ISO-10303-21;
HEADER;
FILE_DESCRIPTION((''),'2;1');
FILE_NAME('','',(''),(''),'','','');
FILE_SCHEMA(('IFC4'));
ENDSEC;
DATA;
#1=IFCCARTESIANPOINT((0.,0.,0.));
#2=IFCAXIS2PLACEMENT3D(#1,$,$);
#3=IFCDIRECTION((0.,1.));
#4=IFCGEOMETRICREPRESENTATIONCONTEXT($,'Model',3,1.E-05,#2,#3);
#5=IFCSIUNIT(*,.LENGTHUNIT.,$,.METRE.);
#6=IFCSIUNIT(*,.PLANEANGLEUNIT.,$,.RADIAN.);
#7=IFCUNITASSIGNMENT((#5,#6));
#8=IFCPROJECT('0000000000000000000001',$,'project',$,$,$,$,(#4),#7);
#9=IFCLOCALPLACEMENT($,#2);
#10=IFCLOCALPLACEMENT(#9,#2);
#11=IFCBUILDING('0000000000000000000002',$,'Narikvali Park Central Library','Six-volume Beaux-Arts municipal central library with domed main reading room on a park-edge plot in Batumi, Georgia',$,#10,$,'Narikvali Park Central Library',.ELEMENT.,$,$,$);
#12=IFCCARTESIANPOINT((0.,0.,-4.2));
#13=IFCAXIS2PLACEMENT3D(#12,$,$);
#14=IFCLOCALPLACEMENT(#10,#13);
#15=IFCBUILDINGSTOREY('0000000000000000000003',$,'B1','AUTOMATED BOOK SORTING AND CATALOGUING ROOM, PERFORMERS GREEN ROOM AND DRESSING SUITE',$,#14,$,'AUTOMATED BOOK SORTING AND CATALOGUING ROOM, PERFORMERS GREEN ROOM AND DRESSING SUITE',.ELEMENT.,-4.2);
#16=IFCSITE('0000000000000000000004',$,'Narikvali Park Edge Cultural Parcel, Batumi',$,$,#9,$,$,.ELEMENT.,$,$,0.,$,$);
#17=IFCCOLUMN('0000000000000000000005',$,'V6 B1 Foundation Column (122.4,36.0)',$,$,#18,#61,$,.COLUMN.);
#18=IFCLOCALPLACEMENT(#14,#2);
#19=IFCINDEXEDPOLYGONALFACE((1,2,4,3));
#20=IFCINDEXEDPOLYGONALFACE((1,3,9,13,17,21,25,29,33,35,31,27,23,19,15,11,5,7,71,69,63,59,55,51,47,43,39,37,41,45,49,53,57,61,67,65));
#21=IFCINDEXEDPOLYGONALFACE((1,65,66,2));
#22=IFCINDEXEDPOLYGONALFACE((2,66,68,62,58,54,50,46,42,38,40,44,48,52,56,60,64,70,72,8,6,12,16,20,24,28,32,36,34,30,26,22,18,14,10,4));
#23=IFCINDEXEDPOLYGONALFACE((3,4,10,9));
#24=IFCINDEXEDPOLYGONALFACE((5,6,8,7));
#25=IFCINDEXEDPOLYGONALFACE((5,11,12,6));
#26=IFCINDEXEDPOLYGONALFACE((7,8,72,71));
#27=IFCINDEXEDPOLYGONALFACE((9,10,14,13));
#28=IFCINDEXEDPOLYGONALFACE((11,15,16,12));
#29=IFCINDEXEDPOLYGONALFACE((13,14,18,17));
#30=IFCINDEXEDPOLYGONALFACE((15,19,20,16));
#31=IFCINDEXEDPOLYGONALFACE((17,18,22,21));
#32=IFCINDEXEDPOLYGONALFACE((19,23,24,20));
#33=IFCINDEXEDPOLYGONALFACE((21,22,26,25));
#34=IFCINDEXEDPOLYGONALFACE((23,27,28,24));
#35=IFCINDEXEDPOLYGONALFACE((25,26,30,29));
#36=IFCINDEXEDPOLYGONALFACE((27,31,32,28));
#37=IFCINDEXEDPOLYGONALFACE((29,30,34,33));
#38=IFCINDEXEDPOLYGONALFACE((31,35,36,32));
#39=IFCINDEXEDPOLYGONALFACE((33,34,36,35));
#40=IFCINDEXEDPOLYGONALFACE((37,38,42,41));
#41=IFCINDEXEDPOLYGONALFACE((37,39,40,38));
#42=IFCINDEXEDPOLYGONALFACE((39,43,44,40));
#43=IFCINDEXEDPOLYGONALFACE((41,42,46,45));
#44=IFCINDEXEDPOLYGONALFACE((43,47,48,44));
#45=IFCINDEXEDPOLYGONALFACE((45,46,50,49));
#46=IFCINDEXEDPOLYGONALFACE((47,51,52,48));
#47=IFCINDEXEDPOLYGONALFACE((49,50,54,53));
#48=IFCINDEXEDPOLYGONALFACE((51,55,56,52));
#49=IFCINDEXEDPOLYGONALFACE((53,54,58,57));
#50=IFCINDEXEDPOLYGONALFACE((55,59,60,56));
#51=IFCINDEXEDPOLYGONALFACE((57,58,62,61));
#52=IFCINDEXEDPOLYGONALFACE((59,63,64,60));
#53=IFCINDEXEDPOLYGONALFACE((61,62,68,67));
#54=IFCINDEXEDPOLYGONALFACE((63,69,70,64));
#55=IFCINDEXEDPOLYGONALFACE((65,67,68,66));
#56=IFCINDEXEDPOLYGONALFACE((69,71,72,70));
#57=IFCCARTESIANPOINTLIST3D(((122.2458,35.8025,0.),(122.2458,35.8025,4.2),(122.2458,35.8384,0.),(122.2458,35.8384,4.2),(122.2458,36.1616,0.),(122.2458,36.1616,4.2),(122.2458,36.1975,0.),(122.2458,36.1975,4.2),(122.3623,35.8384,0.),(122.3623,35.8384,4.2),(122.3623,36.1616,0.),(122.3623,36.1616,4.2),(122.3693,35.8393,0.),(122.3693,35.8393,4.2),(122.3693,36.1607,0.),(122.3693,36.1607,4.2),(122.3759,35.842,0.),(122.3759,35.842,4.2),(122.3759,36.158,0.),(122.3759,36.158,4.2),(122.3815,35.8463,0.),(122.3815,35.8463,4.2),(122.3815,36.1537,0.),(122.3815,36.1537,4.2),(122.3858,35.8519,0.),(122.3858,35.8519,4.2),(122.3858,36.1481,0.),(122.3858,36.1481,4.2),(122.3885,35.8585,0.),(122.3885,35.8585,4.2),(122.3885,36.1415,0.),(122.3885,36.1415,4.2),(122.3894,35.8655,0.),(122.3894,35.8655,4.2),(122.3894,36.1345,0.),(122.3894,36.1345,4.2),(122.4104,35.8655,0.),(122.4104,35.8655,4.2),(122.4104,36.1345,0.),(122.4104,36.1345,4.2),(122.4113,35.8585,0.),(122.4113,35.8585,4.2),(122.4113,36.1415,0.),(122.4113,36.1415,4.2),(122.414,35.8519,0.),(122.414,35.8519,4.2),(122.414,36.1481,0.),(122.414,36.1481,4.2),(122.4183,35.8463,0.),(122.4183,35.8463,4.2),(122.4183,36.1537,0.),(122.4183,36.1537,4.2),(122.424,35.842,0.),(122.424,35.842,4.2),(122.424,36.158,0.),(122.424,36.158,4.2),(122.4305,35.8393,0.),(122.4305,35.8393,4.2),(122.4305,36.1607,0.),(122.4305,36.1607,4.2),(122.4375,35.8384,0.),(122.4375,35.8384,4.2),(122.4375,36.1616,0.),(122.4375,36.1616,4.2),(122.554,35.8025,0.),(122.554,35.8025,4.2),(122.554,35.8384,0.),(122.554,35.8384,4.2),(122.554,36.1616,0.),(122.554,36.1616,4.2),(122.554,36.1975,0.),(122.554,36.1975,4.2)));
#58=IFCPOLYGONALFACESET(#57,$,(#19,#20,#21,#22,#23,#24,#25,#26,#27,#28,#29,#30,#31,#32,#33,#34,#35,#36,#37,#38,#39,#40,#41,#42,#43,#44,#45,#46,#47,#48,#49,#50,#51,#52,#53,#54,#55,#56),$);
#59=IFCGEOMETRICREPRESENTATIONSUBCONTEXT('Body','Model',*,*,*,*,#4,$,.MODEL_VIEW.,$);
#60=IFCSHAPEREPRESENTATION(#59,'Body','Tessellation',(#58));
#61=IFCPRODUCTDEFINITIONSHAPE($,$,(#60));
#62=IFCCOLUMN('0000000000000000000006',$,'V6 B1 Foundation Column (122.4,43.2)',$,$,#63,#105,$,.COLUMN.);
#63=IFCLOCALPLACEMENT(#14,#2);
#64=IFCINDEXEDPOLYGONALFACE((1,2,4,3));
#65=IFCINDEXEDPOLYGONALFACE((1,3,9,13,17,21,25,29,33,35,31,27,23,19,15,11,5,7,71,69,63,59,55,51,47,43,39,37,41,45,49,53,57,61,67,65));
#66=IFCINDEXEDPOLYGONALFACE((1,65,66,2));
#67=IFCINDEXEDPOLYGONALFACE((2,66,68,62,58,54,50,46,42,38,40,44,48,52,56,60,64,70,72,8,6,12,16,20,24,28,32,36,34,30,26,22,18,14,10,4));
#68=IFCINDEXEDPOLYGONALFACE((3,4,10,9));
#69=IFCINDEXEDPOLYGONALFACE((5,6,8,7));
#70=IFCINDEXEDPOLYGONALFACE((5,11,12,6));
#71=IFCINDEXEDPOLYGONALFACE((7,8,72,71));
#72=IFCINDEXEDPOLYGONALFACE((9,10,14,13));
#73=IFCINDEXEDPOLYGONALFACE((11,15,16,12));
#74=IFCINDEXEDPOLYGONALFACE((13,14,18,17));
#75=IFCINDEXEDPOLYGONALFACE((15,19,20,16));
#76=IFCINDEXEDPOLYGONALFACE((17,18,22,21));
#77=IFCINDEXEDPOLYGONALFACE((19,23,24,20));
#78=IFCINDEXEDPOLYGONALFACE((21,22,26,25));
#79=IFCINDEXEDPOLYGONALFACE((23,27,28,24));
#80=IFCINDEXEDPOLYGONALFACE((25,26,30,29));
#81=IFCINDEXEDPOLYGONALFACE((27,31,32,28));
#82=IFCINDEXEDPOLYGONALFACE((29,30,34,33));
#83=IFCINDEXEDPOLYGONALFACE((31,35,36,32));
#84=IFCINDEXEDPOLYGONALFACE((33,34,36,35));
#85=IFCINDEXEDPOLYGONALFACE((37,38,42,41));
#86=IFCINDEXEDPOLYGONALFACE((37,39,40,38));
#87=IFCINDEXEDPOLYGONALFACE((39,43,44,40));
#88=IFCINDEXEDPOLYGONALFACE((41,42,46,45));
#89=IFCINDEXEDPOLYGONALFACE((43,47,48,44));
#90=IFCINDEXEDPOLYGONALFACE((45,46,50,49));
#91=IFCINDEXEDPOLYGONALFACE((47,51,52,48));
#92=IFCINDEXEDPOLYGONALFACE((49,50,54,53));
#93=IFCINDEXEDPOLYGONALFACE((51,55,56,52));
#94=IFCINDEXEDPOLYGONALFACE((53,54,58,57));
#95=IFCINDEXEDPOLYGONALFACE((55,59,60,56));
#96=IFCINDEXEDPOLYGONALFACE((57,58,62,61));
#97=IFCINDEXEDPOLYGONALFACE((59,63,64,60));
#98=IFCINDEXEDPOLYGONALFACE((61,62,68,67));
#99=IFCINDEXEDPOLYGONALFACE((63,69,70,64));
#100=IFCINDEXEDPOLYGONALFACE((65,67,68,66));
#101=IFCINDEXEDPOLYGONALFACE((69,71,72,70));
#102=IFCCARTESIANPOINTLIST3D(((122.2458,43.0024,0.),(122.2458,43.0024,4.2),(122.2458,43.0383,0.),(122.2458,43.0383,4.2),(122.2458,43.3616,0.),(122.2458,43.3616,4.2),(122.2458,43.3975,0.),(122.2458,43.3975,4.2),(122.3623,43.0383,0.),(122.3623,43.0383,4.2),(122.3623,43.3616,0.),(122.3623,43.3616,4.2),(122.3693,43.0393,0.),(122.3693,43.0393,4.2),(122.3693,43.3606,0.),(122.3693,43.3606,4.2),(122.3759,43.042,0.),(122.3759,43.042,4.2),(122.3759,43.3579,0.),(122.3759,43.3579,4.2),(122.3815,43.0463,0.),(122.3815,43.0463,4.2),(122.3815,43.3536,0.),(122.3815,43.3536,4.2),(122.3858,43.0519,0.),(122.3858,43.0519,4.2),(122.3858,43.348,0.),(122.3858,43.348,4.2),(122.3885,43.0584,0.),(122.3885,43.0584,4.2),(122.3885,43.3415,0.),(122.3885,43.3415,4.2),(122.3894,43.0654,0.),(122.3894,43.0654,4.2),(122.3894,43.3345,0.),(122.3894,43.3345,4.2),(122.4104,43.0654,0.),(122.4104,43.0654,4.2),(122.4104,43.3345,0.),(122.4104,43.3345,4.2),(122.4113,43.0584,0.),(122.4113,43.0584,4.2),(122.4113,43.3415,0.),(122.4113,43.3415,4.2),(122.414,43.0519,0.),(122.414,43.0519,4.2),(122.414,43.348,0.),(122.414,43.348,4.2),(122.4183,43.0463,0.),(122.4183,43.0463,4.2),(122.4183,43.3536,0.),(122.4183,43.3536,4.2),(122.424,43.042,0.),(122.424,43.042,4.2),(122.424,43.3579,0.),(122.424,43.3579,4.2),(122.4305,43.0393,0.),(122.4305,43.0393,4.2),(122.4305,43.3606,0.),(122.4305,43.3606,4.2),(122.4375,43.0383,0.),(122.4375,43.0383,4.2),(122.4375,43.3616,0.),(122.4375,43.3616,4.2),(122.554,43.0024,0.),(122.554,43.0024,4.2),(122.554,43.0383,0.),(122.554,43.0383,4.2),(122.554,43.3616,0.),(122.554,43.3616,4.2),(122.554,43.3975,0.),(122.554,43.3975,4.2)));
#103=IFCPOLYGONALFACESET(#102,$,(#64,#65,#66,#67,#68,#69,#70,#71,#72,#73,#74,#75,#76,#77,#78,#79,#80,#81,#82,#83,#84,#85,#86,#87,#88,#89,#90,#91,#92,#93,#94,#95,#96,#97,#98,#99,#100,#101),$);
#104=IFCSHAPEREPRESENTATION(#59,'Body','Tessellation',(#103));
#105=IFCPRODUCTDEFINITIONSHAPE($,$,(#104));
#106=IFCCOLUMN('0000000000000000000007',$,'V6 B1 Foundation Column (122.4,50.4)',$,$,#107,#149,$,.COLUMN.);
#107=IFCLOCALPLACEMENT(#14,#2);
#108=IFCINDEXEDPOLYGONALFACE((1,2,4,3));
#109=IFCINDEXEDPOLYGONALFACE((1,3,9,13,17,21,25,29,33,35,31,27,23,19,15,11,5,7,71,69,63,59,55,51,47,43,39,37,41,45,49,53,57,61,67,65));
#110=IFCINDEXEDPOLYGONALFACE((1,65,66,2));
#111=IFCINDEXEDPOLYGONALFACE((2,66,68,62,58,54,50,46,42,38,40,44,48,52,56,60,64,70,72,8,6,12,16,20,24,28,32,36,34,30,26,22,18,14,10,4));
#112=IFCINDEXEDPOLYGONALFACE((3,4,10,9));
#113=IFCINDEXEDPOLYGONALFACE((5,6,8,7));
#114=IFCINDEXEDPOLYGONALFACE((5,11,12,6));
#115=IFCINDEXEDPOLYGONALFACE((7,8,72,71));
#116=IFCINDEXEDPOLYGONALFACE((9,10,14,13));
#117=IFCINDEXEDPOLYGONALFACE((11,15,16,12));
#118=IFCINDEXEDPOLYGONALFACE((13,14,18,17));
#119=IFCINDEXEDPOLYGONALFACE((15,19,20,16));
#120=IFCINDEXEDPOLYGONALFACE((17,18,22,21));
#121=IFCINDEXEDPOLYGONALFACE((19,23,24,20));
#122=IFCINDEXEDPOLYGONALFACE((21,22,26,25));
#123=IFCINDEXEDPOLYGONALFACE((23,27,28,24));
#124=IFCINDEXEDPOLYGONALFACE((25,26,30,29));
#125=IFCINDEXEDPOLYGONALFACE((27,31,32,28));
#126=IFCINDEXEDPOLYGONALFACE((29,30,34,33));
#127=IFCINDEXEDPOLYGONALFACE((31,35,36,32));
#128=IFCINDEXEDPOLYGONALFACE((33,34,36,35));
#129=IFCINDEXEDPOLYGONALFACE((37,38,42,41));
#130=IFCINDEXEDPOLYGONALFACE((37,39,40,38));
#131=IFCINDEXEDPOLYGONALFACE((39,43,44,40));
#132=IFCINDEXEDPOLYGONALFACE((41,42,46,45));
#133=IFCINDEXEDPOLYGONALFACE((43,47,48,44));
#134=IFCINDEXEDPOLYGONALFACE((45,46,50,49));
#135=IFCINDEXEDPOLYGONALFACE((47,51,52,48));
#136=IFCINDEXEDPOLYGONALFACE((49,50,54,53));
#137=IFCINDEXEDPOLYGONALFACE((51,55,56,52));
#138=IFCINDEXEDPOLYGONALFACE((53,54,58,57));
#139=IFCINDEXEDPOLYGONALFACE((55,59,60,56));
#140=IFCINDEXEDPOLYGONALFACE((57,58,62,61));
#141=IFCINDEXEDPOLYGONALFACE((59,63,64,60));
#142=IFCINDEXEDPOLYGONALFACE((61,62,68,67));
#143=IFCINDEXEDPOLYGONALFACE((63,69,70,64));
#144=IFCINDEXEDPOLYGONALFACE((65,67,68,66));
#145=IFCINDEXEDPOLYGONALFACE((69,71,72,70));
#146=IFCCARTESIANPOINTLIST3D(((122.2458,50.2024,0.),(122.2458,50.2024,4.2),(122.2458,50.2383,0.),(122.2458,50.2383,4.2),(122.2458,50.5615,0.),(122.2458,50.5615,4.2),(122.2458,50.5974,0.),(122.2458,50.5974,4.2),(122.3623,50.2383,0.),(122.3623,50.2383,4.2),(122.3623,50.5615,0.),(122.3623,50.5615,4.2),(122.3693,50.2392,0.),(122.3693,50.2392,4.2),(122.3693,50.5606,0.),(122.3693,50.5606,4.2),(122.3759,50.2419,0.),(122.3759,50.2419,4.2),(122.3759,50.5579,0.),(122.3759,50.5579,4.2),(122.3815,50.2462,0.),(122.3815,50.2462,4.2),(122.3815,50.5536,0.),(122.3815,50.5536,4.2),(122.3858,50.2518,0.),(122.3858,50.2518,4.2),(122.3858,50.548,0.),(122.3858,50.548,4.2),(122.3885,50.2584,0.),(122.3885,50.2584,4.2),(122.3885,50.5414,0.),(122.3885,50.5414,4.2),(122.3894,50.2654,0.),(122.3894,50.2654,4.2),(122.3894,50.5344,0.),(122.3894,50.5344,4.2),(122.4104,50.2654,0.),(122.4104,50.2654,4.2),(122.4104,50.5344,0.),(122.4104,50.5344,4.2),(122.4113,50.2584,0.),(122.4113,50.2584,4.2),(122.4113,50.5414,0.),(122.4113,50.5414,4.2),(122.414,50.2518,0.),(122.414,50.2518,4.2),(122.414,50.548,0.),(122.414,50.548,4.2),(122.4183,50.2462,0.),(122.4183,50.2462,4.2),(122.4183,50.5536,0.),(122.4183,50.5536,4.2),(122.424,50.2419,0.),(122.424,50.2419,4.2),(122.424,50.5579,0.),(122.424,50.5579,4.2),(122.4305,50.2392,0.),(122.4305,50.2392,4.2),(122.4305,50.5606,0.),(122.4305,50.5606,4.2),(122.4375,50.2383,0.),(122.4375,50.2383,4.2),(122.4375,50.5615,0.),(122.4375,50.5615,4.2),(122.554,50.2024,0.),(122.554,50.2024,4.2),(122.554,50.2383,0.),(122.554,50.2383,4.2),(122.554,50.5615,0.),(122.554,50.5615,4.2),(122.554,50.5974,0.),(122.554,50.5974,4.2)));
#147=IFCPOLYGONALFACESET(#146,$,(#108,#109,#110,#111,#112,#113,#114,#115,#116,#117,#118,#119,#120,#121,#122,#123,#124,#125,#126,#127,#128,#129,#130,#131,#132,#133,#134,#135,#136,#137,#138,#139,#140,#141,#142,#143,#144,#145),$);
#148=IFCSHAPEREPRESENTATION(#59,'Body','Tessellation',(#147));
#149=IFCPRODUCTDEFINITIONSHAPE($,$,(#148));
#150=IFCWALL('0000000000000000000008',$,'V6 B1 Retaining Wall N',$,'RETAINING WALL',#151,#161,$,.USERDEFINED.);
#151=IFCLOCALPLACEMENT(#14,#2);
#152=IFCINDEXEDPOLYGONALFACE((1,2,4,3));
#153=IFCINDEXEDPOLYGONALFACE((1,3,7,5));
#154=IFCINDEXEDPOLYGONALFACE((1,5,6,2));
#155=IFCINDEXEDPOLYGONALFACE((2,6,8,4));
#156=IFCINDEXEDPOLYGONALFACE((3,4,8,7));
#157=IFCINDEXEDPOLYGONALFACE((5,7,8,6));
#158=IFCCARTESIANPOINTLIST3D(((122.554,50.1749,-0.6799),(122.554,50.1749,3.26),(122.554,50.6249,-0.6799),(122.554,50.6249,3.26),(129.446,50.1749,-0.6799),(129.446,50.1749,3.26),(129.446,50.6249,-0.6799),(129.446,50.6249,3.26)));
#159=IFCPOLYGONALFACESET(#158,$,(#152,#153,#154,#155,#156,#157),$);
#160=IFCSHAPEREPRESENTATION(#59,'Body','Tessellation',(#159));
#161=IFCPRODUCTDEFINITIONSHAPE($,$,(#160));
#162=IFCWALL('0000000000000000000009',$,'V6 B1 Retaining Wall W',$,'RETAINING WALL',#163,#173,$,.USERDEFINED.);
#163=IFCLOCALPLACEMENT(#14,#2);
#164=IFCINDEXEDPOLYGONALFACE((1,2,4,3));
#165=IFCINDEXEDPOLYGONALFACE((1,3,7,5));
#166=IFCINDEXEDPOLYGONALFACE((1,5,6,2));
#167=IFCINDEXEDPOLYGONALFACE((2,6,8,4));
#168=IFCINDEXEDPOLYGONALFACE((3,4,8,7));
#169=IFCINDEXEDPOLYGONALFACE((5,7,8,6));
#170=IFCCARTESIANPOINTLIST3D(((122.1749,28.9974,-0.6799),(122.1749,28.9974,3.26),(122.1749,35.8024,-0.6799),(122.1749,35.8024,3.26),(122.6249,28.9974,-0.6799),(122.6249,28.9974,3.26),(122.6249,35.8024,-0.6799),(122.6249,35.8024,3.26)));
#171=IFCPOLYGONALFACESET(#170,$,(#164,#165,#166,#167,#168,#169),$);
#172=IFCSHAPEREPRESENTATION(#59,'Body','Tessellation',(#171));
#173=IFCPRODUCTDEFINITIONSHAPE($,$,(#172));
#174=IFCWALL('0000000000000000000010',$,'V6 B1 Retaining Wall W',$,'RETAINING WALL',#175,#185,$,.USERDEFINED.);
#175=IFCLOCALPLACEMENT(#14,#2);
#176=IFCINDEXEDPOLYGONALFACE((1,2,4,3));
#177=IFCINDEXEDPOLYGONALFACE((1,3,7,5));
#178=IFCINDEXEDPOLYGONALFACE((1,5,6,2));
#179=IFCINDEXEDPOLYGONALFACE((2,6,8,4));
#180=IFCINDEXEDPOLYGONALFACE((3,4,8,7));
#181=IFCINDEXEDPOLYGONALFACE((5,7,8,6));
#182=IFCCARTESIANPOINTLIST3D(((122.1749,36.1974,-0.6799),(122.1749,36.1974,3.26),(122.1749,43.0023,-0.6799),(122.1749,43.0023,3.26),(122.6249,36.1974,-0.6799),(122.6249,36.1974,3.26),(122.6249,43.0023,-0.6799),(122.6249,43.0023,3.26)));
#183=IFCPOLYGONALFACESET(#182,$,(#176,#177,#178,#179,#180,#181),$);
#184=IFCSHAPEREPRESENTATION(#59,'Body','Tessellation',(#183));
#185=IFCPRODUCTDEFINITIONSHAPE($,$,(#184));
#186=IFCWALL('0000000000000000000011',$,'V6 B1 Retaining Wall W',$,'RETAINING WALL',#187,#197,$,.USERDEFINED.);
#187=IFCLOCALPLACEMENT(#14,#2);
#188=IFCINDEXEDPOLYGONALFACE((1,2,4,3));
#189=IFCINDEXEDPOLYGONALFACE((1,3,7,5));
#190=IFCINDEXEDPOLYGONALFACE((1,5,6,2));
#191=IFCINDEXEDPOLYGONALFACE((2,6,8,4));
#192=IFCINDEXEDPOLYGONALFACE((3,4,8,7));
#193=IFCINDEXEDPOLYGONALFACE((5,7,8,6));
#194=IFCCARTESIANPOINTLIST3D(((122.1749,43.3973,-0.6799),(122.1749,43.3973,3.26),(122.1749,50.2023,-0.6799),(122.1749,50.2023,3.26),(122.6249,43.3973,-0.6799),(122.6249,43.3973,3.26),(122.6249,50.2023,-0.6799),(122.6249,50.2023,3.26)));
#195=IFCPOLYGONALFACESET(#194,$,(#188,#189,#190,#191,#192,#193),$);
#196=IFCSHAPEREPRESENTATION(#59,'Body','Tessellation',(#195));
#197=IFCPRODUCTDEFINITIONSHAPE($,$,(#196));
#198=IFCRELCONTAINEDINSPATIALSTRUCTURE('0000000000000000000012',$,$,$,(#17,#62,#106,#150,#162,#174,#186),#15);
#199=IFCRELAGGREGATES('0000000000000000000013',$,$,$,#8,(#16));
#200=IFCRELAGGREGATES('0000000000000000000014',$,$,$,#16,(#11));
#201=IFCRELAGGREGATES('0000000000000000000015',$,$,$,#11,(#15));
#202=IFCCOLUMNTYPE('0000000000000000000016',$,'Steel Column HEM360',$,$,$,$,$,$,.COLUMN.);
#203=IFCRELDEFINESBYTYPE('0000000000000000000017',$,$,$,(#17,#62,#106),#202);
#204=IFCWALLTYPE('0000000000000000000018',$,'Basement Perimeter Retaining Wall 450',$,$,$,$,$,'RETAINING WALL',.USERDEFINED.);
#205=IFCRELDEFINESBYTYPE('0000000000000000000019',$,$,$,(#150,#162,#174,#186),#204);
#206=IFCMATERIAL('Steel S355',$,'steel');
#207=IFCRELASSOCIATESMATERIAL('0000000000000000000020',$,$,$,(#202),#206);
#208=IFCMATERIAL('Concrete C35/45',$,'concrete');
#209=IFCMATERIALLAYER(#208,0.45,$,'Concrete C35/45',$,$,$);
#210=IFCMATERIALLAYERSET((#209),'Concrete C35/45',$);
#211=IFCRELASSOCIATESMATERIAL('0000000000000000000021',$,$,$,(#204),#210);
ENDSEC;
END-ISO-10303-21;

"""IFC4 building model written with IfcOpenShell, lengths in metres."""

from ifc_helpers import new_model, si_unit, direction, frame, frame_2d, origin, origin_2d, place, context, subcontext, project, spatial, rectangle, i_section, extrude, material, layer, layer_set, material_profile, profile_set, type_object, element, save


model = new_model("IFC4")

# Units and contexts
model_context = context("Model", 3, precision=1e-05, world=origin(), true_north=direction((0.0, 1.0)))
body_context = subcontext(model_context, "Body", "Model", "MODEL_VIEW")
ifc_project = project(units=[si_unit("LENGTHUNIT", "METRE"), si_unit("PLANEANGLEUNIT", "RADIAN")], contexts=[model_context])

# Site, building, storey
site_placement = place(None, origin())
site = spatial("IfcSite", under=ifc_project, at=site_placement, Name="Narikvali Park Edge Cultural Parcel, Batumi", CompositionType="ELEMENT", RefElevation=0.0)
building_placement = place(site_placement, origin())
building = spatial("IfcBuilding", under=site, at=building_placement, Name="Narikvali Park Central Library", Description="Six-volume Beaux-Arts municipal central library with domed main reading room on a park-edge plot in Batumi, Georgia", LongName="Narikvali Park Central Library", CompositionType="ELEMENT")
storey_placement = place(building_placement, frame((0.0, 0.0, -4.2)))
storey = spatial("IfcBuildingStorey", under=building, at=storey_placement, Name="B1", Description="AUTOMATED BOOK SORTING AND CATALOGUING ROOM, PERFORMERS GREEN ROOM AND DRESSING SUITE", LongName="AUTOMATED BOOK SORTING AND CATALOGUING ROOM, PERFORMERS GREEN ROOM AND DRESSING SUITE", CompositionType="ELEMENT", Elevation=-4.2)

# Shared definitions
ifc_material_1 = material(Name="Concrete C35/45", Category="concrete")

# Columns
ifc_material_2 = material(Name="Steel S355", Category="steel")
ifc_material_profile_1 = material_profile(ifc_material_2, i_section(OverallWidth=0.3081, OverallDepth=0.395, WebThickness=0.021, FlangeThickness=0.0359, FilletRadius=0.0271, at=origin_2d()), Name="HEM 360")
ifc_profile_set_1 = profile_set([ifc_material_profile_1], Name="Steel S355")
column_type_1 = type_object("IfcColumnType", Name="Steel Column HEM360", PredefinedType="COLUMN", material=ifc_profile_set_1)
for number, where, z_axis, x_axis, name in (
    (1, (122.3999, 36.0, 0.0), (0.0, 0.0, 1.0), (1.0, 0.0, 0.0), "V6 B1 Foundation Column (122.4,36.0)"),
    (2, (122.3999, 43.2, 0.0), (0.0, 0.0, 1.0), (1.0, 0.0, 0.0), "V6 B1 Foundation Column (122.4,43.2)"),
    (3, (122.3999, 50.3999, 0.0), (0.0, 0.0, 1.0), (1.0, 0.0, 0.0), "V6 B1 Foundation Column (122.4,50.4)"),
):
    element("IfcColumn", number, at=place(storey_placement, frame(where, z_axis=z_axis, x_axis=x_axis)), inside=storey, type_object=column_type_1, Name=name, PredefinedType="COLUMN", context=body_context, shape_type="SweptSolid", body=[
        extrude(i_section(OverallWidth=0.3081, OverallDepth=0.395, WebThickness=0.021, FlangeThickness=0.0359, FilletRadius=0.0271, at=origin_2d()), origin(), (0.0, 0.0, 1.0), 4.2),
    ])

# Walls
ifc_layer_1 = layer(ifc_material_1, 0.45, Name="Concrete C35/45")
ifc_layer_set_1 = layer_set([ifc_layer_1], Name="Concrete C35/45")
wall_type_1 = type_object("IfcWallType", Name="Basement Perimeter Retaining Wall 450", ElementType="RETAINING WALL", PredefinedType="USERDEFINED", material=ifc_layer_set_1)
wall_1_placement = place(storey_placement, frame((122.554, 50.3999, -0.6799), z_axis=(0.0, 0.0, 1.0), x_axis=(1.0, 0.0, 0.0)))
element("IfcWall", 4, at=wall_1_placement, inside=storey, type_object=wall_type_1, Name="V6 B1 Retaining Wall N", ObjectType="RETAINING WALL", PredefinedType="USERDEFINED", context=body_context, shape_type="SweptSolid", body=[
    extrude(rectangle(XDim=6.8921, YDim=0.45, at=frame_2d((3.446, 0.0))), origin(), (0.0, 0.0, 1.0), 3.9399),
])
for number, where, z_axis, x_axis, name in (
    (5, (122.3999, 28.9976, -0.6799), (0.0, 0.0, 1.0), (0.0, 1.0, 0.0), "V6 B1 Retaining Wall W"),
    (6, (122.3999, 36.1975, -0.6799), (0.0, 0.0, 1.0), (0.0, 1.0, 0.0), "V6 B1 Retaining Wall W"),
    (7, (122.3999, 43.3975, -0.6799), (0.0, 0.0, 1.0), (0.0, 1.0, 0.0), "V6 B1 Retaining Wall W"),
):
    element("IfcWall", number, at=place(storey_placement, frame(where, z_axis=z_axis, x_axis=x_axis)), inside=storey, type_object=wall_type_1, Name=name, ObjectType="RETAINING WALL", PredefinedType="USERDEFINED", context=body_context, shape_type="SweptSolid", body=[
        extrude(rectangle(XDim=6.8049, YDim=0.45, at=frame_2d((3.4023, 0.0))), origin(), (0.0, 0.0, 1.0), 3.9399),
    ])

save(model, "model.ifc")
